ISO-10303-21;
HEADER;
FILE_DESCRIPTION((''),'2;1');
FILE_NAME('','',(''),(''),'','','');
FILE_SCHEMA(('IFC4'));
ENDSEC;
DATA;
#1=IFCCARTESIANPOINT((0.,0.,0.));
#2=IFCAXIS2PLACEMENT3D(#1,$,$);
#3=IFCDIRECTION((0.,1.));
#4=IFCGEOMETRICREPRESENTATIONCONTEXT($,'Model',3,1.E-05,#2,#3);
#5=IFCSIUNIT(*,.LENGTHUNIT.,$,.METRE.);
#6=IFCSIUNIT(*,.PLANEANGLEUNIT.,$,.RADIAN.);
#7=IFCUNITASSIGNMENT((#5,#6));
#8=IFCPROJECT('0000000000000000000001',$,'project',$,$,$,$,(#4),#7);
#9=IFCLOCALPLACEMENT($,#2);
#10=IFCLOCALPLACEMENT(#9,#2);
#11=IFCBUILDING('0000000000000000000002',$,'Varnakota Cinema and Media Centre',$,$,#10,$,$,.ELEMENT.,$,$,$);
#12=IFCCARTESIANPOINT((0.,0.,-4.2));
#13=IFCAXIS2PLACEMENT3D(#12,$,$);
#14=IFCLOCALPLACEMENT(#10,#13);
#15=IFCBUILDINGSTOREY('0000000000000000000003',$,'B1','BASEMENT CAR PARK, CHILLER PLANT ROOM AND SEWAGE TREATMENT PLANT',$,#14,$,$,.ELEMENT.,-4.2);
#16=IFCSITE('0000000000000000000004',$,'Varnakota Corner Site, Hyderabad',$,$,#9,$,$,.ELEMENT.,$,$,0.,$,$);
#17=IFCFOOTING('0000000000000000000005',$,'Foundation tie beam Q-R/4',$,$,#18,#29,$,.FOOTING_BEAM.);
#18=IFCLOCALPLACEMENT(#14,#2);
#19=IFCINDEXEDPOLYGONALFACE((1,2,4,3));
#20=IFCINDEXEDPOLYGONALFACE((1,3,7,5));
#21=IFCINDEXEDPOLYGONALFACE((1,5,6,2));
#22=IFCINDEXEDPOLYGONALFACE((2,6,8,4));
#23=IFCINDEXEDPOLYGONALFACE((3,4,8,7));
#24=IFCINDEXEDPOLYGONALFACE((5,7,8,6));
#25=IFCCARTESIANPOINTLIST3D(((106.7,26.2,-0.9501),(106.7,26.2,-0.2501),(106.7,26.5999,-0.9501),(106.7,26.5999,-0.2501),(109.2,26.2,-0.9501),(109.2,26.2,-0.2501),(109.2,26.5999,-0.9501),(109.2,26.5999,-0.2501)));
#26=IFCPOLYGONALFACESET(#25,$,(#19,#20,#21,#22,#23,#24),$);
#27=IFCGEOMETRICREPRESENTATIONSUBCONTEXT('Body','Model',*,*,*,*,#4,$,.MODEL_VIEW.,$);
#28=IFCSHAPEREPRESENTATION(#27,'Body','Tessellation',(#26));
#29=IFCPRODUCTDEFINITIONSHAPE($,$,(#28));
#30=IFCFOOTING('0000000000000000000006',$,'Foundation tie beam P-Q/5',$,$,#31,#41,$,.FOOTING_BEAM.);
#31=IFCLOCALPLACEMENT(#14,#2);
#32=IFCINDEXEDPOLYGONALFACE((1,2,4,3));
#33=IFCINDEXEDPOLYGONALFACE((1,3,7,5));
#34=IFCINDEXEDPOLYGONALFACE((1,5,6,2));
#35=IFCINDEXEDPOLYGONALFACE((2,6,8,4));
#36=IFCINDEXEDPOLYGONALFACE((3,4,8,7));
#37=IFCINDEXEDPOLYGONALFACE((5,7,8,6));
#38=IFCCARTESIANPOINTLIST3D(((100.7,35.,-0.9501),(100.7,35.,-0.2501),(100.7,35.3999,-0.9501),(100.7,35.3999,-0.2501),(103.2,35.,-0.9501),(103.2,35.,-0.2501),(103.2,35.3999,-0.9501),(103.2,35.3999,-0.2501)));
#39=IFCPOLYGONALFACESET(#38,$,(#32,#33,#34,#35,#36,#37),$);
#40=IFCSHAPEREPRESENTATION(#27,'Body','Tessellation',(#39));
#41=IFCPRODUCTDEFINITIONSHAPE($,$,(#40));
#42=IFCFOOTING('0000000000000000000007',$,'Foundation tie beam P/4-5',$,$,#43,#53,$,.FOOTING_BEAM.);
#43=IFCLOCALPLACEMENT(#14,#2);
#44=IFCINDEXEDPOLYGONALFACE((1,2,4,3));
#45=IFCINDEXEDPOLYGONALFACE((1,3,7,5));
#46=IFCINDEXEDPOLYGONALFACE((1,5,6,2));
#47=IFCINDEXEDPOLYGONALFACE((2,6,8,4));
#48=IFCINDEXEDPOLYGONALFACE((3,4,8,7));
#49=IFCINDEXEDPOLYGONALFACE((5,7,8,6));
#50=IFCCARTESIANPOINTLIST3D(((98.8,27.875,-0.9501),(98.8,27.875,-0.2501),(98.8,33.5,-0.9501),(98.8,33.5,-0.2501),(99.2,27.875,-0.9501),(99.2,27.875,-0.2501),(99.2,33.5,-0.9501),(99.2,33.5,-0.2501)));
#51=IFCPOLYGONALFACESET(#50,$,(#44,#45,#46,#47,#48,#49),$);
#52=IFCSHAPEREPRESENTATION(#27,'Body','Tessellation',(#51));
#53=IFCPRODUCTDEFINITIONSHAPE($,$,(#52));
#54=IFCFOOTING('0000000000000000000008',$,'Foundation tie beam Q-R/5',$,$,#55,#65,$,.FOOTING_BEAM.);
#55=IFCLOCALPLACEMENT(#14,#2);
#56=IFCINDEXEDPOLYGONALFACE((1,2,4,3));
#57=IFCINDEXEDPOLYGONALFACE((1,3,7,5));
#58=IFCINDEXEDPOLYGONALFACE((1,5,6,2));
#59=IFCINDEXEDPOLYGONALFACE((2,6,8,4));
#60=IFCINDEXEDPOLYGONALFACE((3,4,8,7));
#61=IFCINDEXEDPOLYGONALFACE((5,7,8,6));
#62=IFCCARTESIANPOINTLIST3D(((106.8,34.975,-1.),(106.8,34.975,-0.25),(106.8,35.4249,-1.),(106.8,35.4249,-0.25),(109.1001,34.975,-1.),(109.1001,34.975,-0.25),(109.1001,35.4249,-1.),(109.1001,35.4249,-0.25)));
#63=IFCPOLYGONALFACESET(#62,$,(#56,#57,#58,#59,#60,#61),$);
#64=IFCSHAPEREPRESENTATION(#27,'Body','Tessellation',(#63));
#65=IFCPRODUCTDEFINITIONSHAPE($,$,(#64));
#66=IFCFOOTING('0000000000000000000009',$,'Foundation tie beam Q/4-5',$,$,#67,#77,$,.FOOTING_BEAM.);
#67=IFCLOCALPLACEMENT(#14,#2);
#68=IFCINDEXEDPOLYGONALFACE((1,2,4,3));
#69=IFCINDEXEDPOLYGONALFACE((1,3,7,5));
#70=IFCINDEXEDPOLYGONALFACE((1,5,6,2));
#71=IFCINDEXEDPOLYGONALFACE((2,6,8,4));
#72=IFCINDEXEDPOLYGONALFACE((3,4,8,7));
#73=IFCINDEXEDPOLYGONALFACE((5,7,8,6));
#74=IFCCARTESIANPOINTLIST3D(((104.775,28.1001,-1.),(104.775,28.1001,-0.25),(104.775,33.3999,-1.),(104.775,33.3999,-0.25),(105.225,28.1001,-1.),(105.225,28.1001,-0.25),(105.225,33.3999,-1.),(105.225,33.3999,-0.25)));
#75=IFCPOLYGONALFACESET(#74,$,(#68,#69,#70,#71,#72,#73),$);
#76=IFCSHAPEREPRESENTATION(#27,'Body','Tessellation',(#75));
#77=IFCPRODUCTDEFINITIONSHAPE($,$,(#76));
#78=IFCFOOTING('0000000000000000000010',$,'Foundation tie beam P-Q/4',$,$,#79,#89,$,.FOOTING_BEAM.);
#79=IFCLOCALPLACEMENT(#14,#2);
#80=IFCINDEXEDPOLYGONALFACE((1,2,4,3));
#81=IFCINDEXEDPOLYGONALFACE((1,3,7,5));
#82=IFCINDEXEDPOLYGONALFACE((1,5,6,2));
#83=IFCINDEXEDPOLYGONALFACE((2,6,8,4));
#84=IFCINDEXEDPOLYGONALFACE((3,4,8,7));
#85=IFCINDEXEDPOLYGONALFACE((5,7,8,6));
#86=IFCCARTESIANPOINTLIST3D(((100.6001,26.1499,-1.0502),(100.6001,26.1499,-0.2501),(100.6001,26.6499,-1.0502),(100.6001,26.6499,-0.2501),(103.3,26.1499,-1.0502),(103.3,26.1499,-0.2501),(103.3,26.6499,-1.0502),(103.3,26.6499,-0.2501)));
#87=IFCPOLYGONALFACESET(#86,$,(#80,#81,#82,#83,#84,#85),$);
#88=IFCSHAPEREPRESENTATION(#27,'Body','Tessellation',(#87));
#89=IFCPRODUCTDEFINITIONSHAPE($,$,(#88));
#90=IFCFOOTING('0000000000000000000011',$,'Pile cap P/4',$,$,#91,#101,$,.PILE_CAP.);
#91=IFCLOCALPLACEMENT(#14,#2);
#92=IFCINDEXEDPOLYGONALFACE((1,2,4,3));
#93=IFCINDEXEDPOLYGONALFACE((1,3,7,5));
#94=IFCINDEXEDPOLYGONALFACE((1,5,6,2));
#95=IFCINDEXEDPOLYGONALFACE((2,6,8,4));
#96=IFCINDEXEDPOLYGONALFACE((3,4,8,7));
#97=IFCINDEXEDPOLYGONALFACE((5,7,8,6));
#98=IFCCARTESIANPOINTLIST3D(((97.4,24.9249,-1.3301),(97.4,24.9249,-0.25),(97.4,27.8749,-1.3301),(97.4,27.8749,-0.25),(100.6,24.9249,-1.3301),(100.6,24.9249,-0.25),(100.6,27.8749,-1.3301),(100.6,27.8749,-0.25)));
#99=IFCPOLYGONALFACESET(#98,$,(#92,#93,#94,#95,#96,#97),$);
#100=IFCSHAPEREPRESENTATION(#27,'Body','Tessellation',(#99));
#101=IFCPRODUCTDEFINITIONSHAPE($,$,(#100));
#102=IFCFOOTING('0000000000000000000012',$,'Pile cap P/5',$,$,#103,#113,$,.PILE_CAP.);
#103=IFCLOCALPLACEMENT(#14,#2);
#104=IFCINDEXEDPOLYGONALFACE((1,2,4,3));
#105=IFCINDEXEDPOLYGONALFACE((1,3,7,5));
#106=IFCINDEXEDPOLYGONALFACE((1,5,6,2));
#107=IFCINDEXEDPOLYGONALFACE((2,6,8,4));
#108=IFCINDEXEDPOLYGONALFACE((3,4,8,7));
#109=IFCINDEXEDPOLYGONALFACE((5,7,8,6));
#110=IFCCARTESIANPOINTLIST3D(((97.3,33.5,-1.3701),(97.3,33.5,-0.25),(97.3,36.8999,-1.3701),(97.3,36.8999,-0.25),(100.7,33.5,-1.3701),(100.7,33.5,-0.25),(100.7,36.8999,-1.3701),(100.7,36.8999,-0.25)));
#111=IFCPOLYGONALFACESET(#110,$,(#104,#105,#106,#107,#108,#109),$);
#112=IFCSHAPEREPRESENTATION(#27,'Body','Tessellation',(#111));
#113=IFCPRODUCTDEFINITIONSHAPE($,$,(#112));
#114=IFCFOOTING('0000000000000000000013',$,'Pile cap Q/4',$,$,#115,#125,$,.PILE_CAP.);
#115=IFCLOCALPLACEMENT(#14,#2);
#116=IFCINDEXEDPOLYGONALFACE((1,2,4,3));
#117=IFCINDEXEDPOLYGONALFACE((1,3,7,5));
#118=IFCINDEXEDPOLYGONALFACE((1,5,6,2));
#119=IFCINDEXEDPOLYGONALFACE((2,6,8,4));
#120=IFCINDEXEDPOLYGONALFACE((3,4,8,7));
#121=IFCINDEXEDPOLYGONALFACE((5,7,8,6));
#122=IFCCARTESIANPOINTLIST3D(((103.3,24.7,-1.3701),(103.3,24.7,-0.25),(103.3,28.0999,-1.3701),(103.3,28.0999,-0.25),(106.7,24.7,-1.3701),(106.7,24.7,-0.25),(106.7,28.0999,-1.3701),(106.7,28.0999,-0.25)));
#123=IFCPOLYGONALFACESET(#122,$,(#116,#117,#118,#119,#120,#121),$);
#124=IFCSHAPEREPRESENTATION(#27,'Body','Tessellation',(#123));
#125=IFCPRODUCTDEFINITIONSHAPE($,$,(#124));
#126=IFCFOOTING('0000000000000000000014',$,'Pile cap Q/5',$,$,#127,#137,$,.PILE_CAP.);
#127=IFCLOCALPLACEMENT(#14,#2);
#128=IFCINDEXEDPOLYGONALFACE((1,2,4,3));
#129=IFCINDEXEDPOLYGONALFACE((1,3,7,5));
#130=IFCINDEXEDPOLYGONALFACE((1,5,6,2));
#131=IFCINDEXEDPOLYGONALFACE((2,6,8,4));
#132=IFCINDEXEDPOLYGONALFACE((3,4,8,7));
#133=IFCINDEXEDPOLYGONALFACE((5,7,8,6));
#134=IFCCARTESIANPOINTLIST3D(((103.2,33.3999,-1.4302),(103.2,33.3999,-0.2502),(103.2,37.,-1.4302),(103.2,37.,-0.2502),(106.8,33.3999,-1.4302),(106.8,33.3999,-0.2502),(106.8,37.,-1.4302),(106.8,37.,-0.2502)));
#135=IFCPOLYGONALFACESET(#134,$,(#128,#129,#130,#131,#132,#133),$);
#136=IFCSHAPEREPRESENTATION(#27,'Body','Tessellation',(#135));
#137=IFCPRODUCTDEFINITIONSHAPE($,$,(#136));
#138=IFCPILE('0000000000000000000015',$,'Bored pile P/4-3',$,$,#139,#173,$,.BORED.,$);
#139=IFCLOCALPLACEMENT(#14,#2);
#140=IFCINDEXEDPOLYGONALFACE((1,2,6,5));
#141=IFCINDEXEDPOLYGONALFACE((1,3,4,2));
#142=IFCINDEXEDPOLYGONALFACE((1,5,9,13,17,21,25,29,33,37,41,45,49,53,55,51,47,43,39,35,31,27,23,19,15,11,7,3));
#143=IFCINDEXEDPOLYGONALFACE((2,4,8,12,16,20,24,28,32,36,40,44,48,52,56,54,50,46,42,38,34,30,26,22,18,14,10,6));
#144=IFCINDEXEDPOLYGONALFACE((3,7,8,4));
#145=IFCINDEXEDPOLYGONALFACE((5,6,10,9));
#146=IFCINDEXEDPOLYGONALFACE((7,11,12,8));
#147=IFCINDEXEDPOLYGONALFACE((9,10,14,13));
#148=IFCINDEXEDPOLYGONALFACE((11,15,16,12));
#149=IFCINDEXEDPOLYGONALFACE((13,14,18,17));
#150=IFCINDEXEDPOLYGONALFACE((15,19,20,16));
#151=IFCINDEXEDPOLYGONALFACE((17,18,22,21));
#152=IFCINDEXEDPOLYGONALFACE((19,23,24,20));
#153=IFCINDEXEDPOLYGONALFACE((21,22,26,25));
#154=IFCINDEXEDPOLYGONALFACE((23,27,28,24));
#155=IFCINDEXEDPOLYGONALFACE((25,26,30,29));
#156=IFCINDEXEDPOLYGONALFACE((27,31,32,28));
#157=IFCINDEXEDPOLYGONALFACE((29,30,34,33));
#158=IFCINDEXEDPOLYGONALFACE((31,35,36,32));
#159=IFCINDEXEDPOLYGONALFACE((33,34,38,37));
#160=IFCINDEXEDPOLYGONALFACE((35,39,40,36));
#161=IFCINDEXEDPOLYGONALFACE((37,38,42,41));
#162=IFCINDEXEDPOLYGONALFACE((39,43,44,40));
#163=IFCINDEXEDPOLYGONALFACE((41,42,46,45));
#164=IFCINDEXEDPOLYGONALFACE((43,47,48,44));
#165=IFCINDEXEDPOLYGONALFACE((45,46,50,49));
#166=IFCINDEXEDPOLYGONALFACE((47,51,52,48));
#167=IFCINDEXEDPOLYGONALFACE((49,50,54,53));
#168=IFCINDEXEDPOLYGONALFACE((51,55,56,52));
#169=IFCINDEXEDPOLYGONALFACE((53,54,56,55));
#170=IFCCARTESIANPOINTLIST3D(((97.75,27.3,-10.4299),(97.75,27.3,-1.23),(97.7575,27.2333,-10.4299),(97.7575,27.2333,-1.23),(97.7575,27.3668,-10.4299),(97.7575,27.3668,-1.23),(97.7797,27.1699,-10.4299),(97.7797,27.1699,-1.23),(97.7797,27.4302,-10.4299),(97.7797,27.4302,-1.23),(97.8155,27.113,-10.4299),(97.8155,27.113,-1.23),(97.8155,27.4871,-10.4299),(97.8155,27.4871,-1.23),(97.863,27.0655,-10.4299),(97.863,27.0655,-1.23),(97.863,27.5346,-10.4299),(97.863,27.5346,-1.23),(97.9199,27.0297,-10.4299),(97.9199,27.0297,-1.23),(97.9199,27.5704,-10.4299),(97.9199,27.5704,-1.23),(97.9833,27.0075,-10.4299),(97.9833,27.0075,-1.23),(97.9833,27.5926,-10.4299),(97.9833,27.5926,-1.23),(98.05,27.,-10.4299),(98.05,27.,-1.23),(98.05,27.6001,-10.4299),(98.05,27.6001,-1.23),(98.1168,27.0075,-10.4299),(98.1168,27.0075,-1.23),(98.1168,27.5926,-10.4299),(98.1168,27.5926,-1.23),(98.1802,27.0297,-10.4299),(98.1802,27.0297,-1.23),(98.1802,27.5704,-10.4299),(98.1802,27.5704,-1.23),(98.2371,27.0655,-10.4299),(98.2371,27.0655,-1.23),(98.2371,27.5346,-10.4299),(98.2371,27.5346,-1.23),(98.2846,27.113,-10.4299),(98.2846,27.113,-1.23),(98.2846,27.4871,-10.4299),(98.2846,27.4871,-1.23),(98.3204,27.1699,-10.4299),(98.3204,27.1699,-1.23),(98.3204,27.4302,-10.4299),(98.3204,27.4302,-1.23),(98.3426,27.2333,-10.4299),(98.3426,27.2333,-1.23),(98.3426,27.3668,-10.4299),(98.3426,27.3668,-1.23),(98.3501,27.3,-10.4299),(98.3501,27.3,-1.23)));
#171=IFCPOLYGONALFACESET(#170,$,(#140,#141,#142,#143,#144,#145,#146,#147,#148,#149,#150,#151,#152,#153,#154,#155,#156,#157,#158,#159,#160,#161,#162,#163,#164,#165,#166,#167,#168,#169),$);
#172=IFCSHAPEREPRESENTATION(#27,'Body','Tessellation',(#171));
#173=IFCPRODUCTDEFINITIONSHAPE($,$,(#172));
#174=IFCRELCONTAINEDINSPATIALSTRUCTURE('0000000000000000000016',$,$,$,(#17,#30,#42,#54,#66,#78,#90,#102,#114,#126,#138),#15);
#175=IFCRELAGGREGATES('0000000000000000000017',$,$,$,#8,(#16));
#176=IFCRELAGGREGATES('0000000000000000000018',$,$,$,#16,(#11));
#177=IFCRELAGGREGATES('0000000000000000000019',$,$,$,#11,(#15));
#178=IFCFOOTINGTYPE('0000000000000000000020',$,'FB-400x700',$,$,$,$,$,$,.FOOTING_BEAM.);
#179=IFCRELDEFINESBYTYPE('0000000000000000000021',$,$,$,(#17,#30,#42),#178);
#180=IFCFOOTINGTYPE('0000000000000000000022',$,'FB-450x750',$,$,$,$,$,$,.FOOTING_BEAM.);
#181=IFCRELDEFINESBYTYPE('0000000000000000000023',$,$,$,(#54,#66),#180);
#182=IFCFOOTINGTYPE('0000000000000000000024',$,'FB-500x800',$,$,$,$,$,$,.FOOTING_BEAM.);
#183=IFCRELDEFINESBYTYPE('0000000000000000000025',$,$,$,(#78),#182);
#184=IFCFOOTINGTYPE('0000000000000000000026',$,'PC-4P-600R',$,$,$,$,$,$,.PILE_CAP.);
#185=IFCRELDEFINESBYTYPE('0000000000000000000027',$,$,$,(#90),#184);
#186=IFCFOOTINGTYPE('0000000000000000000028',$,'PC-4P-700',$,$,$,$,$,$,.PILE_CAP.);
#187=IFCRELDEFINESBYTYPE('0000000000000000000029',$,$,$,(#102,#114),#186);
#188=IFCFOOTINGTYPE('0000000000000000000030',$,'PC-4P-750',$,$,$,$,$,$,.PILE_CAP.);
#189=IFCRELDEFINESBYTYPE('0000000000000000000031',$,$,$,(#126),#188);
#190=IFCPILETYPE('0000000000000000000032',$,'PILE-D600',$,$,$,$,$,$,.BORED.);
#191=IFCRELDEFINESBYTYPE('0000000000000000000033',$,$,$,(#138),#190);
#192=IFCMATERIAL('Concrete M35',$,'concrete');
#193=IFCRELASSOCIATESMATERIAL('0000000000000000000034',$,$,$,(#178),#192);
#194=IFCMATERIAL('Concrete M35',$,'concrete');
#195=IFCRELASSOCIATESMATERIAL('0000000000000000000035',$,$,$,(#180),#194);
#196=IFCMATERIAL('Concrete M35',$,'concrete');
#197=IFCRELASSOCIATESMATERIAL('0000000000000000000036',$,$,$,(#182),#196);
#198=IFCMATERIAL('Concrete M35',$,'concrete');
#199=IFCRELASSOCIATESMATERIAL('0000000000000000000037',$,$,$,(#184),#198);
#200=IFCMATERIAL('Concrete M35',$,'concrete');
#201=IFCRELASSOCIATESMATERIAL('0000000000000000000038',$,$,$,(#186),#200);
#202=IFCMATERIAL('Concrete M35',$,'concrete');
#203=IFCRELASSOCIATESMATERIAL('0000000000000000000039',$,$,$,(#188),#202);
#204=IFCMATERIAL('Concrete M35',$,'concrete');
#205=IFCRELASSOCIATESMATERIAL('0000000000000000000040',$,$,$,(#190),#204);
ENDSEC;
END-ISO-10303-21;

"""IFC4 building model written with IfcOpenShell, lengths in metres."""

from ifc_helpers import new_model, si_unit, direction, frame, origin, origin_2d, place, context, subcontext, project, spatial, rectangle, circle, extrude, material, material_profile, profile_set, type_object, element, save


model = new_model("IFC4")

# Units and contexts
model_context = context("Model", 3, precision=1e-05, world=origin(), true_north=direction((0.0, 1.0)))
body_context = subcontext(model_context, "Body", "Model", "MODEL_VIEW")
ifc_project = project(units=[si_unit("LENGTHUNIT", "METRE"), si_unit("PLANEANGLEUNIT", "RADIAN")], contexts=[model_context])

# Site, building, storey
site_placement = place(None, origin())
site = spatial("IfcSite", under=ifc_project, at=site_placement, Name="Varnakota Corner Site, Hyderabad", CompositionType="ELEMENT", RefElevation=0.0)
building_placement = place(site_placement, origin())
building = spatial("IfcBuilding", under=site, at=building_placement, Name="Varnakota Cinema and Media Centre", CompositionType="ELEMENT")
storey_placement = place(building_placement, frame((0.0, 0.0, -4.2)))
storey = spatial("IfcBuildingStorey", under=building, at=storey_placement, Name="B1", Description="BASEMENT CAR PARK, CHILLER PLANT ROOM AND SEWAGE TREATMENT PLANT", CompositionType="ELEMENT", Elevation=-4.2)

# Footings
ifc_material_1 = material(Name="Concrete M35", Category="concrete")
ifc_material_profile_1 = material_profile(ifc_material_1, rectangle(XDim=0.3999, YDim=0.7, at=origin_2d()), Name="FB 400x700")
ifc_profile_set_1 = profile_set([ifc_material_profile_1], Name="Concrete M35")
footing_type_1 = type_object("IfcFootingType", Name="FB-400x700", PredefinedType="FOOTING_BEAM", material=ifc_profile_set_1)
for number, where, z_axis, x_axis, name in (
    (1, (106.7, 26.3999, -0.6001), (1.0, 0.0, 0.0), (0.0, 1.0, 0.0), "Foundation tie beam Q-R/4"),
    (2, (100.7, 35.2, -0.6001), (1.0, 0.0, 0.0), (0.0, 1.0, 0.0), "Foundation tie beam P-Q/5"),
):
    element("IfcFooting", number, at=place(storey_placement, frame(where, z_axis=z_axis, x_axis=x_axis)), inside=storey, type_object=footing_type_1, Name=name, PredefinedType="FOOTING_BEAM", context=body_context, shape_type="SweptSolid", body=[
        extrude(rectangle(XDim=0.3999, YDim=0.7, at=origin_2d()), origin(), (0.0, 0.0, 1.0), 2.5),
    ])
footing_1_placement = place(storey_placement, frame((99.0, 27.875, -0.6001), z_axis=(0.0, 1.0, 0.0), x_axis=(-1.0, 0.0, 0.0)))
element("IfcFooting", 3, at=footing_1_placement, inside=storey, type_object=footing_type_1, Name="Foundation tie beam P/4-5", PredefinedType="FOOTING_BEAM", context=body_context, shape_type="SweptSolid", body=[
    extrude(rectangle(XDim=0.3999, YDim=0.7, at=origin_2d()), origin(), (0.0, 0.0, 1.0), 5.625),
])
ifc_material_2 = material(Name="Concrete M35", Category="concrete")
ifc_material_profile_2 = material_profile(ifc_material_2, rectangle(XDim=0.45, YDim=0.75, at=origin_2d()), Name="FB 450x750")
ifc_profile_set_2 = profile_set([ifc_material_profile_2], Name="Concrete M35")
footing_type_2 = type_object("IfcFootingType", Name="FB-450x750", PredefinedType="FOOTING_BEAM", material=ifc_profile_set_2)
footing_2_placement = place(storey_placement, frame((106.8, 35.2, -0.625), z_axis=(1.0, 0.0, 0.0), x_axis=(0.0, 1.0, 0.0)))
element("IfcFooting", 4, at=footing_2_placement, inside=storey, type_object=footing_type_2, Name="Foundation tie beam Q-R/5", PredefinedType="FOOTING_BEAM", context=body_context, shape_type="SweptSolid", body=[
    extrude(rectangle(XDim=0.45, YDim=0.75, at=origin_2d()), origin(), (0.0, 0.0, 1.0), 2.3),
])
footing_3_placement = place(storey_placement, frame((105.0, 28.1001, -0.625), z_axis=(0.0, 1.0, 0.0), x_axis=(-1.0, 0.0, 0.0)))
element("IfcFooting", 5, at=footing_3_placement, inside=storey, type_object=footing_type_2, Name="Foundation tie beam Q/4-5", PredefinedType="FOOTING_BEAM", context=body_context, shape_type="SweptSolid", body=[
    extrude(rectangle(XDim=0.45, YDim=0.75, at=origin_2d()), origin(), (0.0, 0.0, 1.0), 5.2998),
])
ifc_material_3 = material(Name="Concrete M35", Category="concrete")
ifc_material_profile_3 = material_profile(ifc_material_3, rectangle(XDim=0.5, YDim=0.8, at=origin_2d()), Name="FB 500x800")
ifc_profile_set_3 = profile_set([ifc_material_profile_3], Name="Concrete M35")
footing_type_3 = type_object("IfcFootingType", Name="FB-500x800", PredefinedType="FOOTING_BEAM", material=ifc_profile_set_3)
footing_4_placement = place(storey_placement, frame((100.6001, 26.3999, -0.6501), z_axis=(1.0, 0.0, 0.0), x_axis=(0.0, 1.0, 0.0)))
element("IfcFooting", 6, at=footing_4_placement, inside=storey, type_object=footing_type_3, Name="Foundation tie beam P-Q/4", PredefinedType="FOOTING_BEAM", context=body_context, shape_type="SweptSolid", body=[
    extrude(rectangle(XDim=0.5, YDim=0.8, at=origin_2d()), origin(), (0.0, 0.0, 1.0), 2.7),
])
ifc_material_4 = material(Name="Concrete M35", Category="concrete")
footing_type_4 = type_object("IfcFootingType", Name="PC-4P-600R", PredefinedType="PILE_CAP", material=ifc_material_4)
footing_5_placement = place(storey_placement, frame((99.0, 26.3999, -1.3301), z_axis=(0.0, 0.0, 1.0), x_axis=(1.0, 0.0, 0.0)))
element("IfcFooting", 7, at=footing_5_placement, inside=storey, type_object=footing_type_4, Name="Pile cap P/4", PredefinedType="PILE_CAP", context=body_context, shape_type="SweptSolid", body=[
    extrude(rectangle(XDim=3.2, YDim=2.95, at=origin_2d()), origin(), (0.0, 0.0, 1.0), 1.0801),
])
ifc_material_5 = material(Name="Concrete M35", Category="concrete")
footing_type_5 = type_object("IfcFootingType", Name="PC-4P-700", PredefinedType="PILE_CAP", material=ifc_material_5)
for number, where, z_axis, x_axis, name in (
    (8, (99.0, 35.2, -1.3701), (0.0, 0.0, 1.0), (1.0, 0.0, 0.0), "Pile cap P/5"),
    (9, (105.0, 26.3999, -1.3701), (0.0, 0.0, 1.0), (1.0, 0.0, 0.0), "Pile cap Q/4"),
):
    element("IfcFooting", number, at=place(storey_placement, frame(where, z_axis=z_axis, x_axis=x_axis)), inside=storey, type_object=footing_type_5, Name=name, PredefinedType="PILE_CAP", context=body_context, shape_type="SweptSolid", body=[
        extrude(rectangle(XDim=3.3999, YDim=3.3999, at=origin_2d()), origin(), (0.0, 0.0, 1.0), 1.1201),
    ])
ifc_material_6 = material(Name="Concrete M35", Category="concrete")
footing_type_6 = type_object("IfcFootingType", Name="PC-4P-750", PredefinedType="PILE_CAP", material=ifc_material_6)
footing_6_placement = place(storey_placement, frame((105.0, 35.2, -1.4302), z_axis=(0.0, 0.0, 1.0), x_axis=(1.0, 0.0, 0.0)))
element("IfcFooting", 10, at=footing_6_placement, inside=storey, type_object=footing_type_6, Name="Pile cap Q/5", PredefinedType="PILE_CAP", context=body_context, shape_type="SweptSolid", body=[
    extrude(rectangle(XDim=3.6001, YDim=3.6001, at=origin_2d()), origin(), (0.0, 0.0, 1.0), 1.1799),
])

# Pile
ifc_material_7 = material(Name="Concrete M35", Category="concrete")
ifc_material_profile_4 = material_profile(ifc_material_7, circle(Radius=0.3, at=origin_2d()), Name="PILE D600")
ifc_profile_set_4 = profile_set([ifc_material_profile_4], Name="Concrete M35")
pile_type_1 = type_object("IfcPileType", Name="PILE-D600", PredefinedType="BORED", material=ifc_profile_set_4)
for number, where, z_axis, x_axis, name in (
    (11, (98.05, 27.3, -1.23), (0.0, 0.0, -1.0), (1.0, 0.0, 0.0), "Bored pile P/4-3"),
):
    element("IfcPile", number, at=place(storey_placement, frame(where, z_axis=z_axis, x_axis=x_axis)), inside=storey, type_object=pile_type_1, Name=name, PredefinedType="BORED", context=body_context, shape_type="SweptSolid", body=[
        extrude(circle(Radius=0.3, at=origin_2d()), origin(), (0.0, 0.0, 1.0), 9.2),
    ])

save(model, "model.ifc")
